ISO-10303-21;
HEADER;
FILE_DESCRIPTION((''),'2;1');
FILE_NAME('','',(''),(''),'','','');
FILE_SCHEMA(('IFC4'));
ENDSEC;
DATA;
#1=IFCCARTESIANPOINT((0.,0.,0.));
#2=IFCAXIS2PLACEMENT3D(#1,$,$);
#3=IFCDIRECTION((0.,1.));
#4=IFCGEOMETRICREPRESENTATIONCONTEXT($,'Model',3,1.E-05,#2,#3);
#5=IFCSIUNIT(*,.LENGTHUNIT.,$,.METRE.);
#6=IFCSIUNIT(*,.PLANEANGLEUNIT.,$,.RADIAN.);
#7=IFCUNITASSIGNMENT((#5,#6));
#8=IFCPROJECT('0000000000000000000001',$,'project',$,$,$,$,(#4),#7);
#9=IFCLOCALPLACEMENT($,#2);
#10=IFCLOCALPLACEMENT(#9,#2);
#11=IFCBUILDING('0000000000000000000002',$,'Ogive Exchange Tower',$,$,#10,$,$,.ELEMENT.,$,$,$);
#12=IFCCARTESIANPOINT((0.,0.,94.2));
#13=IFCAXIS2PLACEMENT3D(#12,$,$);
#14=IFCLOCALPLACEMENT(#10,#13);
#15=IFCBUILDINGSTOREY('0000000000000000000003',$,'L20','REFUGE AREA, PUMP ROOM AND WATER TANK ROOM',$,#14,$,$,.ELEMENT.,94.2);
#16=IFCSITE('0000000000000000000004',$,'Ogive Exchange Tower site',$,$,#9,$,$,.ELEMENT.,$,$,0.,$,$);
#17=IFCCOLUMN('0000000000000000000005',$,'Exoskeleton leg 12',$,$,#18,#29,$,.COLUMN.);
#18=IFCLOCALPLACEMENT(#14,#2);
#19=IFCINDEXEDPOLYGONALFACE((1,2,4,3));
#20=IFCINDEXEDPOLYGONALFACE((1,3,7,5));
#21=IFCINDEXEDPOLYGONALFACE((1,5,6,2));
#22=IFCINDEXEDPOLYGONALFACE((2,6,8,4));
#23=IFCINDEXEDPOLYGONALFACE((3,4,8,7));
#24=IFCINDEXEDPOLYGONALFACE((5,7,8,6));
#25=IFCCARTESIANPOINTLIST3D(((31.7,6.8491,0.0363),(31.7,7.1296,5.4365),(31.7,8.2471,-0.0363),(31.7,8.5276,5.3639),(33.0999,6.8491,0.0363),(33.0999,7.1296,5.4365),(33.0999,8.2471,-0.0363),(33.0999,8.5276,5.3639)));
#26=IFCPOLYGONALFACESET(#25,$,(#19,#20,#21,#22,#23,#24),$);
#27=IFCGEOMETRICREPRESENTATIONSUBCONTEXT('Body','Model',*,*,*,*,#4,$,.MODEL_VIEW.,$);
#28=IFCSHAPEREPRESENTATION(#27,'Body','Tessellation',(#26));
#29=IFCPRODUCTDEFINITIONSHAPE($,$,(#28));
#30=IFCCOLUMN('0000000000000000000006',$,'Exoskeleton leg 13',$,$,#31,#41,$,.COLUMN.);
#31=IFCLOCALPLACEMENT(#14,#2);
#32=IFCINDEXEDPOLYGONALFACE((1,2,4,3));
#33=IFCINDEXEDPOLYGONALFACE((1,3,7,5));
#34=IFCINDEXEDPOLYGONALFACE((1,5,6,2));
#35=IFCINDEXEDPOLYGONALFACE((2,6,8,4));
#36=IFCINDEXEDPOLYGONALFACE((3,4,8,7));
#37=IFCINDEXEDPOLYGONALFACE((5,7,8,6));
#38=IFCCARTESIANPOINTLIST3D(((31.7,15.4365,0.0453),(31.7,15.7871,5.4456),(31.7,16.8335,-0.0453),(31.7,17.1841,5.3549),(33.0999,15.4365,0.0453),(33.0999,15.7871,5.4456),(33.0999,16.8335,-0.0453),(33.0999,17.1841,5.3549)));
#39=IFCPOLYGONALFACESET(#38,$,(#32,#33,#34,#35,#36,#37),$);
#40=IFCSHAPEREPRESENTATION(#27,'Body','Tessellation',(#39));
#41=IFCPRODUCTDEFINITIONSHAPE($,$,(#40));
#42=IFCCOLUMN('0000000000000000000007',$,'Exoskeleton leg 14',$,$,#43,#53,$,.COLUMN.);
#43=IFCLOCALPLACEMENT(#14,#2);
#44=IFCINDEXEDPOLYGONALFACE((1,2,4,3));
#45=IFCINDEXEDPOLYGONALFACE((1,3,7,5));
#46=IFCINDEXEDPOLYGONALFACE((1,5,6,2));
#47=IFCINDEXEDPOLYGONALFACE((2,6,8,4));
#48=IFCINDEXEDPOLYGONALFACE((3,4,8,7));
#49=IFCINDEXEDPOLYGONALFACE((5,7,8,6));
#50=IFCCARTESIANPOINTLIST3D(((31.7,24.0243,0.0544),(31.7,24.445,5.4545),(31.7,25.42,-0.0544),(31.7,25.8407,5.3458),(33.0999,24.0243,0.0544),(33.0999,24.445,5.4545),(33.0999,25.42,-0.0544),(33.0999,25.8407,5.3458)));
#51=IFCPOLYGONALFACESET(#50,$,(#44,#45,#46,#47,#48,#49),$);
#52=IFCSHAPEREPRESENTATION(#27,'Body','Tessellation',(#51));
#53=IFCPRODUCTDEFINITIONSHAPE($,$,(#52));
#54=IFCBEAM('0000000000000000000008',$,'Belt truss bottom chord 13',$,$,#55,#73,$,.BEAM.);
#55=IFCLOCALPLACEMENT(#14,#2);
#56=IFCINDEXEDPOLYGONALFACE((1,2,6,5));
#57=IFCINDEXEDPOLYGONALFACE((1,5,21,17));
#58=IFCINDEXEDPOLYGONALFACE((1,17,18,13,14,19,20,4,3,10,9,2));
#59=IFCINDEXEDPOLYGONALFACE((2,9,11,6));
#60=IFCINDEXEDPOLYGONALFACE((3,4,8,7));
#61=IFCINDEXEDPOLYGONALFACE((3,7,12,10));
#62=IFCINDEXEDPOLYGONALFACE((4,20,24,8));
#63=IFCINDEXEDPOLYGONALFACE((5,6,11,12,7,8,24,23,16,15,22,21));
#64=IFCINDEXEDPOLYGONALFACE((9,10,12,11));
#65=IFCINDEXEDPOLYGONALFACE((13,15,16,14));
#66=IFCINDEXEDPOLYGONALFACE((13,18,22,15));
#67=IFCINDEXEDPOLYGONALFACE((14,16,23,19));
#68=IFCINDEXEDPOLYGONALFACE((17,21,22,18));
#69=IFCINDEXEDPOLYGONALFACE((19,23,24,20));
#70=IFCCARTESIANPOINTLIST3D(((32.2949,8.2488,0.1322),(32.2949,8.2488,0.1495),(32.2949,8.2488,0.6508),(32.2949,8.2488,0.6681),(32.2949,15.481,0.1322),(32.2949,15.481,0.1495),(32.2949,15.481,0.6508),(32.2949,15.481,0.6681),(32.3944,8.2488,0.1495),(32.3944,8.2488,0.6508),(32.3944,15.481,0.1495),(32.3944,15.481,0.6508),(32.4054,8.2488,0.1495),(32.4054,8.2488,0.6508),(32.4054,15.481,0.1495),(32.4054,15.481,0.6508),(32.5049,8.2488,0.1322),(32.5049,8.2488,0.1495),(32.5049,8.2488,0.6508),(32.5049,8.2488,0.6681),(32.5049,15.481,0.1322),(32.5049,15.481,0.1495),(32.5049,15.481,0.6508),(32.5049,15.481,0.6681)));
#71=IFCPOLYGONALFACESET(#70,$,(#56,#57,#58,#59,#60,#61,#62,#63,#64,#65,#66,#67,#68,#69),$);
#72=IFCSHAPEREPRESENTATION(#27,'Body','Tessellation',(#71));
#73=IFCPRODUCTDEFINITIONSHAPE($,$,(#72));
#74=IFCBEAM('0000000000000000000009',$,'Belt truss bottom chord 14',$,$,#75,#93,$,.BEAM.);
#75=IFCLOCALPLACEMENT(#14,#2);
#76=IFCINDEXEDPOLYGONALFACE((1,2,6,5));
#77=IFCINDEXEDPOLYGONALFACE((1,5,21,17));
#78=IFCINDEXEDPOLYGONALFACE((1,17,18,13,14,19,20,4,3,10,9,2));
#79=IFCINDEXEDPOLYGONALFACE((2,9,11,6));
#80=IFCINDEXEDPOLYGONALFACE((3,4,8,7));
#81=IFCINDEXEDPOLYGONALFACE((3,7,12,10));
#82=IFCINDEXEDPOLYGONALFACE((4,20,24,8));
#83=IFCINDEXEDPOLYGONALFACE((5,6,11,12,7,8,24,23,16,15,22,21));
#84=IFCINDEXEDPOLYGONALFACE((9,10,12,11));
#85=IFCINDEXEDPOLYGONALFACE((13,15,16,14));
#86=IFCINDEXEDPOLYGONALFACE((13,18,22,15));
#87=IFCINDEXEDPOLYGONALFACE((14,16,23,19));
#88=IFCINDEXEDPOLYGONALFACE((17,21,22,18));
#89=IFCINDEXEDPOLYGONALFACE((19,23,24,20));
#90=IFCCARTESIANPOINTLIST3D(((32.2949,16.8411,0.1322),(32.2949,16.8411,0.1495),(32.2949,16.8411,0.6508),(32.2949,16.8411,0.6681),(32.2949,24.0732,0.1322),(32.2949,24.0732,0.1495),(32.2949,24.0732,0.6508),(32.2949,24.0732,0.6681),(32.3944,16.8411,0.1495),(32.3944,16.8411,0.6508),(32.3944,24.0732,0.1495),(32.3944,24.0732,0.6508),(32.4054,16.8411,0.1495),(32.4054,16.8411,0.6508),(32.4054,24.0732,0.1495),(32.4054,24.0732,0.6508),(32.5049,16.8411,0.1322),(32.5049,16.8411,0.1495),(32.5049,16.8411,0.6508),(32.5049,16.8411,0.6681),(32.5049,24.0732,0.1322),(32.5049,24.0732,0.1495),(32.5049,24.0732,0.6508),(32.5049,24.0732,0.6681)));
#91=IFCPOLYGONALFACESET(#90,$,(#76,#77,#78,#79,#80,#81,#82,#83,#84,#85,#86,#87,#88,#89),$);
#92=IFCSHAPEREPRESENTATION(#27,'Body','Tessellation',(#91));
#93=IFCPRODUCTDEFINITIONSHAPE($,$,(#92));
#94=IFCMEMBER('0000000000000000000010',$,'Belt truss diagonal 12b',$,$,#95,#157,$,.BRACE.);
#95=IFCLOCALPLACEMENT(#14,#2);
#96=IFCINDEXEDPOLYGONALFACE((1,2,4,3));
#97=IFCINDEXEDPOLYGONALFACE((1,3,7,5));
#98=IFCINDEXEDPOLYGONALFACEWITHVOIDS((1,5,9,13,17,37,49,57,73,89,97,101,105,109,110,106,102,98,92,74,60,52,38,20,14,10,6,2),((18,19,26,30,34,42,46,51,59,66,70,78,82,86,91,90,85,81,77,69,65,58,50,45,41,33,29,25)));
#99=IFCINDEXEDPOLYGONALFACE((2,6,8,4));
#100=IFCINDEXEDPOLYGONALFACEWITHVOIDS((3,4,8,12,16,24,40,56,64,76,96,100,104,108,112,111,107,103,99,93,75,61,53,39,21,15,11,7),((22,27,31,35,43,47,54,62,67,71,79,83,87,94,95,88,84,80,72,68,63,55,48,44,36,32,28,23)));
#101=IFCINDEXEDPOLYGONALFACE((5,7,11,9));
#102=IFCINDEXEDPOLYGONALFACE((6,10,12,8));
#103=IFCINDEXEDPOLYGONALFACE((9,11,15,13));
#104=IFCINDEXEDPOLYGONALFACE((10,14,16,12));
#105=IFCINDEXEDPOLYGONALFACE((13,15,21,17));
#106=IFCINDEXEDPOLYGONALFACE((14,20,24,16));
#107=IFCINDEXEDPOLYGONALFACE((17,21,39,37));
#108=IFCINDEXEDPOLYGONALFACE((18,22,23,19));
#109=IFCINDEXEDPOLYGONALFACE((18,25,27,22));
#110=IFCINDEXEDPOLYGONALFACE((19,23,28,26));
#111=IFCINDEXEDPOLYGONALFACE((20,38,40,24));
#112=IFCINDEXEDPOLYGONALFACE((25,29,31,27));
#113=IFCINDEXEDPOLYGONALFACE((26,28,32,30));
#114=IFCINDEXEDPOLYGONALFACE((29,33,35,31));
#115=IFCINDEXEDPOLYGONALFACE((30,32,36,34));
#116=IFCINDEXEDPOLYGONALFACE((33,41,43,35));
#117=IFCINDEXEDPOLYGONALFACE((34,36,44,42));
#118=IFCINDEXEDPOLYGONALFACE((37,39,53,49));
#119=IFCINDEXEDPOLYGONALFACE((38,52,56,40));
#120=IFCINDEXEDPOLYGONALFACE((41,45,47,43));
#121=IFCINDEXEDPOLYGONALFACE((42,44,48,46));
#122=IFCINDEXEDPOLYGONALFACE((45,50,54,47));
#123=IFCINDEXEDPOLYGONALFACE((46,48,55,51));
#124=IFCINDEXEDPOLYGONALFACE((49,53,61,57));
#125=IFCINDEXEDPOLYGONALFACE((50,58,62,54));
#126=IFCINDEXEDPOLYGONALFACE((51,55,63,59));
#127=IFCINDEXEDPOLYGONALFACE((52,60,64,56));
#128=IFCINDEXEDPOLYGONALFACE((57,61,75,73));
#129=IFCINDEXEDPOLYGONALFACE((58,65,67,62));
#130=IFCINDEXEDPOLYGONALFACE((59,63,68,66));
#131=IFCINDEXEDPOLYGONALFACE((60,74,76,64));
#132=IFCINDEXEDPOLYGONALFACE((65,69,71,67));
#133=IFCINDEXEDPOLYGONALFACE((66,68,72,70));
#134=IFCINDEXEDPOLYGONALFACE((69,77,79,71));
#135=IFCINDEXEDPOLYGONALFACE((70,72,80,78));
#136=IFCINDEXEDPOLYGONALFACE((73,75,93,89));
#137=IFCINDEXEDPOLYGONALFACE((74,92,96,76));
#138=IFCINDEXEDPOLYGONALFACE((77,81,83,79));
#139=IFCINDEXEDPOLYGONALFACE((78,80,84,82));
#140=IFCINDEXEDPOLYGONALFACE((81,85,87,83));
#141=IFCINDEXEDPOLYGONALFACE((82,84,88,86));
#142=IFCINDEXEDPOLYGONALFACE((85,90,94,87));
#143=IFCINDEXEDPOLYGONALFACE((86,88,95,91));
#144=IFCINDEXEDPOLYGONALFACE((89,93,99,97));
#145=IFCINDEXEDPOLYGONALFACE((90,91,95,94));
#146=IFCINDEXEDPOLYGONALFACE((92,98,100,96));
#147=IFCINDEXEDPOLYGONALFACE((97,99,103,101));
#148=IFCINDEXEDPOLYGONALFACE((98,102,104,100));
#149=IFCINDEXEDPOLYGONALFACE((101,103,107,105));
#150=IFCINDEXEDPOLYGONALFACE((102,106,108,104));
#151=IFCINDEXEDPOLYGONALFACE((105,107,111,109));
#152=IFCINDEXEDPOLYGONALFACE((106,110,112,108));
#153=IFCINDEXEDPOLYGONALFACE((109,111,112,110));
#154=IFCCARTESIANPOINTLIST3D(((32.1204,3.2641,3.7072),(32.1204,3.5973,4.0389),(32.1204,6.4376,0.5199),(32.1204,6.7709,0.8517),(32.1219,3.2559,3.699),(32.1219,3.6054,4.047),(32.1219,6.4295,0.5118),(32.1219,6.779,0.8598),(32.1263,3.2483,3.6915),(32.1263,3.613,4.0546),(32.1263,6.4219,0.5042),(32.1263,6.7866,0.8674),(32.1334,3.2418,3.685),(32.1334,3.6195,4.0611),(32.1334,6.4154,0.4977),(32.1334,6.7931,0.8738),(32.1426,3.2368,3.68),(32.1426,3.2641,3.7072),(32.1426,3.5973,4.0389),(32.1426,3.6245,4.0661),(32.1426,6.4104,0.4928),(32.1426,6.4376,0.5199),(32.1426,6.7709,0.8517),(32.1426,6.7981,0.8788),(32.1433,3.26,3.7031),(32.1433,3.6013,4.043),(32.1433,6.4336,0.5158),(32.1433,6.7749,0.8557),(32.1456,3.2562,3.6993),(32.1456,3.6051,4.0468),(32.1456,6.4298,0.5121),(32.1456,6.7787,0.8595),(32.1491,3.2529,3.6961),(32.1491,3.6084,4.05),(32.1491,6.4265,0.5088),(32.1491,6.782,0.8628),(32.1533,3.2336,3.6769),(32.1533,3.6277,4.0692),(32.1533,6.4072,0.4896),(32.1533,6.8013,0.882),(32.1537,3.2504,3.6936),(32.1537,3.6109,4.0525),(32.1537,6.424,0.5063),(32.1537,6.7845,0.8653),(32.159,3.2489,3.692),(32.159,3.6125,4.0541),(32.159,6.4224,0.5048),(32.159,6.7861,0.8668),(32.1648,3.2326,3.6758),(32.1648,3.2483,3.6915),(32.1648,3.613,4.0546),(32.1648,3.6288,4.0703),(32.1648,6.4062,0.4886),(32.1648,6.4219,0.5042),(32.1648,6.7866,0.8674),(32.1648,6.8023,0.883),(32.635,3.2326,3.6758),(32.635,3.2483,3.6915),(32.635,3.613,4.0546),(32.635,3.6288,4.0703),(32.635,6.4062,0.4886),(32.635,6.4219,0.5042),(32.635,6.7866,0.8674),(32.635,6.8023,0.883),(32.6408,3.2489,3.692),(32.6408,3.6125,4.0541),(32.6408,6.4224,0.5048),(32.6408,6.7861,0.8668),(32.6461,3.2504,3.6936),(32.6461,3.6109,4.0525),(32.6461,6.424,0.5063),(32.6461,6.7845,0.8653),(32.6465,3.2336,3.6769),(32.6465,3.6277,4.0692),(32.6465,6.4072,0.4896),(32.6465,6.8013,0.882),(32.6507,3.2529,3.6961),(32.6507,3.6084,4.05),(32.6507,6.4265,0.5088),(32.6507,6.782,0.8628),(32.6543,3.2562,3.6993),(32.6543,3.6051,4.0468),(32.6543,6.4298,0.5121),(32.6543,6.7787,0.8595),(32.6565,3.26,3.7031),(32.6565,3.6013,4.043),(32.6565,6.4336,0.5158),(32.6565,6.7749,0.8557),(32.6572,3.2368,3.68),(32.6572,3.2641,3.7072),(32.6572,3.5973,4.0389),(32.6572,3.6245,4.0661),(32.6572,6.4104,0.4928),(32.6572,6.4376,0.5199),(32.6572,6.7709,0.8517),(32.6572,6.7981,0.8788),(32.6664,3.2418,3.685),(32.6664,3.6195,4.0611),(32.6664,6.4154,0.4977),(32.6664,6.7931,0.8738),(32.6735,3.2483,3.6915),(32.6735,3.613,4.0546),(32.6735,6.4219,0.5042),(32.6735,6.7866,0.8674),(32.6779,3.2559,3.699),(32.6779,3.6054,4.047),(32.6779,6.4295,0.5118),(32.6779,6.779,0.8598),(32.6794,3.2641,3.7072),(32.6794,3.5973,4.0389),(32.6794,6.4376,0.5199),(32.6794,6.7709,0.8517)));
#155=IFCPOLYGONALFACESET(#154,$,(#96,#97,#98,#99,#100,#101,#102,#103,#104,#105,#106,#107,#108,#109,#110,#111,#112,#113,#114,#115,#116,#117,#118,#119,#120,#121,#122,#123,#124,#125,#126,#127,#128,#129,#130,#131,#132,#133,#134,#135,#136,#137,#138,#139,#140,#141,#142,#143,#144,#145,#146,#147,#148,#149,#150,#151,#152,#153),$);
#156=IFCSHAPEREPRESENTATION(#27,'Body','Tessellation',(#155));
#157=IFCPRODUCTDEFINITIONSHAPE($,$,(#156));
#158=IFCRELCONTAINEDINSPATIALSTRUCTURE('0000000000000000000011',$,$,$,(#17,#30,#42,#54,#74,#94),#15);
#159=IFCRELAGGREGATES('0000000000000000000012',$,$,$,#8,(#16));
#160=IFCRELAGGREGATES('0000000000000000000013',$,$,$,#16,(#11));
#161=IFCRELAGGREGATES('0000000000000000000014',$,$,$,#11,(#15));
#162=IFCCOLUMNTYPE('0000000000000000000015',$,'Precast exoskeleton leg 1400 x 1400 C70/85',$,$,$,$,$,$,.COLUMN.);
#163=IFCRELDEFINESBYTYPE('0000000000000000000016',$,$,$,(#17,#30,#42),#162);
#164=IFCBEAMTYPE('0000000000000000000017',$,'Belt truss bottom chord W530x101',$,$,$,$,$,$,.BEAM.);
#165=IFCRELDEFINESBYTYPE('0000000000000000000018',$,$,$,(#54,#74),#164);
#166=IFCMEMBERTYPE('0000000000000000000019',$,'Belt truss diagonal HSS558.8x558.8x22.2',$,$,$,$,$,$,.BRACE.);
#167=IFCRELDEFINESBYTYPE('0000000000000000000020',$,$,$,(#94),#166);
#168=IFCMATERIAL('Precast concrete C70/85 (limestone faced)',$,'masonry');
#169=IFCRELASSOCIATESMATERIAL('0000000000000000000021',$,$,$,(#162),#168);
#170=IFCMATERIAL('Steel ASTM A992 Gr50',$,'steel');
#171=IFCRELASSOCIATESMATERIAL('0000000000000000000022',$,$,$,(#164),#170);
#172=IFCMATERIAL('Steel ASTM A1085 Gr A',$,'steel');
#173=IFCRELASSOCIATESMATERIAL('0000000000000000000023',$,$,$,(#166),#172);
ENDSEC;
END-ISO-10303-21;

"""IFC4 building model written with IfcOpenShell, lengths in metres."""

from ifc_helpers import new_model, si_unit, direction, frame, origin, origin_2d, place, context, subcontext, project, spatial, rectangle, hollow_rectangle, i_section, extrude, material, material_profile, profile_set, type_object, element, save


model = new_model("IFC4")

# Units and contexts
model_context = context("Model", 3, precision=1e-05, world=origin(), true_north=direction((0.0, 1.0)))
body_context = subcontext(model_context, "Body", "Model", "MODEL_VIEW")
ifc_project = project(units=[si_unit("LENGTHUNIT", "METRE"), si_unit("PLANEANGLEUNIT", "RADIAN")], contexts=[model_context])

# Site, building, storey
site_placement = place(None, origin())
site = spatial("IfcSite", under=ifc_project, at=site_placement, Name="Ogive Exchange Tower site", CompositionType="ELEMENT", RefElevation=0.0)
building_placement = place(site_placement, origin())
building = spatial("IfcBuilding", under=site, at=building_placement, Name="Ogive Exchange Tower", CompositionType="ELEMENT")
storey_placement = place(building_placement, frame((0.0, 0.0, 94.2)))
storey = spatial("IfcBuildingStorey", under=building, at=storey_placement, Name="L20", Description="REFUGE AREA, PUMP ROOM AND WATER TANK ROOM", CompositionType="ELEMENT", Elevation=94.2)

# Columns
ifc_material_1 = material(Name="Precast concrete C70/85 (limestone faced)", Category="masonry")
ifc_material_profile_1 = material_profile(ifc_material_1, rectangle(XDim=1.3999, YDim=1.3999, at=origin_2d()), Name="1400 x 1400")
ifc_profile_set_1 = profile_set([ifc_material_profile_1], Name="Precast concrete C70/85 (limestone faced)")
column_type = type_object("IfcColumnType", Name="Precast exoskeleton leg 1400 x 1400 C70/85", PredefinedType="COLUMN", material=ifc_profile_set_1)
column_1_placement = place(storey_placement, frame((32.3999, 7.5481, 0.0), z_axis=(0.0, 0.051876, 0.998654), x_axis=(-1.0, 0.0, 0.0)))
element("IfcColumn", 1, at=column_1_placement, inside=storey, type_object=column_type, Name="Exoskeleton leg 12", PredefinedType="COLUMN", context=body_context, shape_type="SweptSolid", body=[
    extrude(rectangle(XDim=1.3999, YDim=1.3999, at=origin_2d()), origin(), (0.0, 0.0, 1.0), 5.4075),
])
column_2_placement = place(storey_placement, frame((32.3999, 16.135, 0.0), z_axis=(0.0, 0.064785, 0.997899), x_axis=(-1.0, 0.0, 0.0)))
element("IfcColumn", 2, at=column_2_placement, inside=storey, type_object=column_type, Name="Exoskeleton leg 13", PredefinedType="COLUMN", context=body_context, shape_type="SweptSolid", body=[
    extrude(rectangle(XDim=1.3999, YDim=1.3999, at=origin_2d()), origin(), (0.0, 0.0, 1.0), 5.4116),
])
column_3_placement = place(storey_placement, frame((32.3999, 24.7222, 0.0), z_axis=(0.0, 0.077662, 0.99698), x_axis=(-1.0, 0.0, 0.0)))
element("IfcColumn", 3, at=column_3_placement, inside=storey, type_object=column_type, Name="Exoskeleton leg 14", PredefinedType="COLUMN", context=body_context, shape_type="SweptSolid", body=[
    extrude(rectangle(XDim=1.3999, YDim=1.3999, at=origin_2d()), origin(), (0.0, 0.0, 1.0), 5.4165),
])

# Beams
ifc_material_2 = material(Name="Steel ASTM A992 Gr50", Category="steel")
ifc_material_profile_2 = material_profile(ifc_material_2, i_section(OverallWidth=0.21, OverallDepth=0.5359, WebThickness=0.011, FlangeThickness=0.0173, at=origin_2d()), Name="W530x101")
ifc_profile_set_2 = profile_set([ifc_material_profile_2], Name="Steel ASTM A992 Gr50")
beam_type_1 = type_object("IfcBeamType", Name="Belt truss bottom chord W530x101", PredefinedType="BEAM", material=ifc_profile_set_2)
for number, where, z_axis, x_axis, name in (
    (4, (32.3999, 8.2488, 0.4001), (0.0, 1.0, 0.0), (-1.0, 0.0, 0.0), "Belt truss bottom chord 13"),
    (5, (32.3999, 16.8411, 0.4001), (0.0, 1.0, 0.0), (-1.0, 0.0, 0.0), "Belt truss bottom chord 14"),
):
    element("IfcBeam", number, at=place(storey_placement, frame(where, z_axis=z_axis, x_axis=x_axis)), inside=storey, type_object=beam_type_1, Name=name, PredefinedType="BEAM", context=body_context, shape_type="SweptSolid", body=[
        extrude(i_section(OverallWidth=0.21, OverallDepth=0.5359, WebThickness=0.011, FlangeThickness=0.0173, at=origin_2d()), origin(), (0.0, 0.0, 1.0), 7.2322),
    ])

# Member
ifc_material_3 = material(Name="Steel ASTM A1085 Gr A", Category="steel")
ifc_material_profile_3 = material_profile(ifc_material_3, hollow_rectangle(XDim=0.5591, YDim=0.5591, WallThickness=0.0222, InnerFilletRadius=0.0222, OuterFilletRadius=0.0444, at=origin_2d()), Name="HSS558.8x558.8x22.2")
ifc_profile_set_3 = profile_set([ifc_material_profile_3], Name="Steel ASTM A1085 Gr A")
member_type_1 = type_object("IfcMemberType", Name="Belt truss diagonal HSS558.8x558.8x22.2", PredefinedType="BRACE", material=ifc_profile_set_3)
member_1_placement = place(storey_placement, frame((32.3999, 6.6042, 0.6858), z_axis=(0.0, -0.705585, 0.708625), x_axis=(1.0, 0.0, 0.0)))
element("IfcMember", 6, at=member_1_placement, inside=storey, type_object=member_type_1, Name="Belt truss diagonal 12b", PredefinedType="BRACE", context=body_context, shape_type="SweptSolid", body=[
    extrude(hollow_rectangle(XDim=0.5591, YDim=0.5591, WallThickness=0.0222, InnerFilletRadius=0.0222, OuterFilletRadius=0.0444, at=origin_2d()), origin(), (0.0, 0.0, 1.0), 4.4978),
])

save(model, "model.ifc")
